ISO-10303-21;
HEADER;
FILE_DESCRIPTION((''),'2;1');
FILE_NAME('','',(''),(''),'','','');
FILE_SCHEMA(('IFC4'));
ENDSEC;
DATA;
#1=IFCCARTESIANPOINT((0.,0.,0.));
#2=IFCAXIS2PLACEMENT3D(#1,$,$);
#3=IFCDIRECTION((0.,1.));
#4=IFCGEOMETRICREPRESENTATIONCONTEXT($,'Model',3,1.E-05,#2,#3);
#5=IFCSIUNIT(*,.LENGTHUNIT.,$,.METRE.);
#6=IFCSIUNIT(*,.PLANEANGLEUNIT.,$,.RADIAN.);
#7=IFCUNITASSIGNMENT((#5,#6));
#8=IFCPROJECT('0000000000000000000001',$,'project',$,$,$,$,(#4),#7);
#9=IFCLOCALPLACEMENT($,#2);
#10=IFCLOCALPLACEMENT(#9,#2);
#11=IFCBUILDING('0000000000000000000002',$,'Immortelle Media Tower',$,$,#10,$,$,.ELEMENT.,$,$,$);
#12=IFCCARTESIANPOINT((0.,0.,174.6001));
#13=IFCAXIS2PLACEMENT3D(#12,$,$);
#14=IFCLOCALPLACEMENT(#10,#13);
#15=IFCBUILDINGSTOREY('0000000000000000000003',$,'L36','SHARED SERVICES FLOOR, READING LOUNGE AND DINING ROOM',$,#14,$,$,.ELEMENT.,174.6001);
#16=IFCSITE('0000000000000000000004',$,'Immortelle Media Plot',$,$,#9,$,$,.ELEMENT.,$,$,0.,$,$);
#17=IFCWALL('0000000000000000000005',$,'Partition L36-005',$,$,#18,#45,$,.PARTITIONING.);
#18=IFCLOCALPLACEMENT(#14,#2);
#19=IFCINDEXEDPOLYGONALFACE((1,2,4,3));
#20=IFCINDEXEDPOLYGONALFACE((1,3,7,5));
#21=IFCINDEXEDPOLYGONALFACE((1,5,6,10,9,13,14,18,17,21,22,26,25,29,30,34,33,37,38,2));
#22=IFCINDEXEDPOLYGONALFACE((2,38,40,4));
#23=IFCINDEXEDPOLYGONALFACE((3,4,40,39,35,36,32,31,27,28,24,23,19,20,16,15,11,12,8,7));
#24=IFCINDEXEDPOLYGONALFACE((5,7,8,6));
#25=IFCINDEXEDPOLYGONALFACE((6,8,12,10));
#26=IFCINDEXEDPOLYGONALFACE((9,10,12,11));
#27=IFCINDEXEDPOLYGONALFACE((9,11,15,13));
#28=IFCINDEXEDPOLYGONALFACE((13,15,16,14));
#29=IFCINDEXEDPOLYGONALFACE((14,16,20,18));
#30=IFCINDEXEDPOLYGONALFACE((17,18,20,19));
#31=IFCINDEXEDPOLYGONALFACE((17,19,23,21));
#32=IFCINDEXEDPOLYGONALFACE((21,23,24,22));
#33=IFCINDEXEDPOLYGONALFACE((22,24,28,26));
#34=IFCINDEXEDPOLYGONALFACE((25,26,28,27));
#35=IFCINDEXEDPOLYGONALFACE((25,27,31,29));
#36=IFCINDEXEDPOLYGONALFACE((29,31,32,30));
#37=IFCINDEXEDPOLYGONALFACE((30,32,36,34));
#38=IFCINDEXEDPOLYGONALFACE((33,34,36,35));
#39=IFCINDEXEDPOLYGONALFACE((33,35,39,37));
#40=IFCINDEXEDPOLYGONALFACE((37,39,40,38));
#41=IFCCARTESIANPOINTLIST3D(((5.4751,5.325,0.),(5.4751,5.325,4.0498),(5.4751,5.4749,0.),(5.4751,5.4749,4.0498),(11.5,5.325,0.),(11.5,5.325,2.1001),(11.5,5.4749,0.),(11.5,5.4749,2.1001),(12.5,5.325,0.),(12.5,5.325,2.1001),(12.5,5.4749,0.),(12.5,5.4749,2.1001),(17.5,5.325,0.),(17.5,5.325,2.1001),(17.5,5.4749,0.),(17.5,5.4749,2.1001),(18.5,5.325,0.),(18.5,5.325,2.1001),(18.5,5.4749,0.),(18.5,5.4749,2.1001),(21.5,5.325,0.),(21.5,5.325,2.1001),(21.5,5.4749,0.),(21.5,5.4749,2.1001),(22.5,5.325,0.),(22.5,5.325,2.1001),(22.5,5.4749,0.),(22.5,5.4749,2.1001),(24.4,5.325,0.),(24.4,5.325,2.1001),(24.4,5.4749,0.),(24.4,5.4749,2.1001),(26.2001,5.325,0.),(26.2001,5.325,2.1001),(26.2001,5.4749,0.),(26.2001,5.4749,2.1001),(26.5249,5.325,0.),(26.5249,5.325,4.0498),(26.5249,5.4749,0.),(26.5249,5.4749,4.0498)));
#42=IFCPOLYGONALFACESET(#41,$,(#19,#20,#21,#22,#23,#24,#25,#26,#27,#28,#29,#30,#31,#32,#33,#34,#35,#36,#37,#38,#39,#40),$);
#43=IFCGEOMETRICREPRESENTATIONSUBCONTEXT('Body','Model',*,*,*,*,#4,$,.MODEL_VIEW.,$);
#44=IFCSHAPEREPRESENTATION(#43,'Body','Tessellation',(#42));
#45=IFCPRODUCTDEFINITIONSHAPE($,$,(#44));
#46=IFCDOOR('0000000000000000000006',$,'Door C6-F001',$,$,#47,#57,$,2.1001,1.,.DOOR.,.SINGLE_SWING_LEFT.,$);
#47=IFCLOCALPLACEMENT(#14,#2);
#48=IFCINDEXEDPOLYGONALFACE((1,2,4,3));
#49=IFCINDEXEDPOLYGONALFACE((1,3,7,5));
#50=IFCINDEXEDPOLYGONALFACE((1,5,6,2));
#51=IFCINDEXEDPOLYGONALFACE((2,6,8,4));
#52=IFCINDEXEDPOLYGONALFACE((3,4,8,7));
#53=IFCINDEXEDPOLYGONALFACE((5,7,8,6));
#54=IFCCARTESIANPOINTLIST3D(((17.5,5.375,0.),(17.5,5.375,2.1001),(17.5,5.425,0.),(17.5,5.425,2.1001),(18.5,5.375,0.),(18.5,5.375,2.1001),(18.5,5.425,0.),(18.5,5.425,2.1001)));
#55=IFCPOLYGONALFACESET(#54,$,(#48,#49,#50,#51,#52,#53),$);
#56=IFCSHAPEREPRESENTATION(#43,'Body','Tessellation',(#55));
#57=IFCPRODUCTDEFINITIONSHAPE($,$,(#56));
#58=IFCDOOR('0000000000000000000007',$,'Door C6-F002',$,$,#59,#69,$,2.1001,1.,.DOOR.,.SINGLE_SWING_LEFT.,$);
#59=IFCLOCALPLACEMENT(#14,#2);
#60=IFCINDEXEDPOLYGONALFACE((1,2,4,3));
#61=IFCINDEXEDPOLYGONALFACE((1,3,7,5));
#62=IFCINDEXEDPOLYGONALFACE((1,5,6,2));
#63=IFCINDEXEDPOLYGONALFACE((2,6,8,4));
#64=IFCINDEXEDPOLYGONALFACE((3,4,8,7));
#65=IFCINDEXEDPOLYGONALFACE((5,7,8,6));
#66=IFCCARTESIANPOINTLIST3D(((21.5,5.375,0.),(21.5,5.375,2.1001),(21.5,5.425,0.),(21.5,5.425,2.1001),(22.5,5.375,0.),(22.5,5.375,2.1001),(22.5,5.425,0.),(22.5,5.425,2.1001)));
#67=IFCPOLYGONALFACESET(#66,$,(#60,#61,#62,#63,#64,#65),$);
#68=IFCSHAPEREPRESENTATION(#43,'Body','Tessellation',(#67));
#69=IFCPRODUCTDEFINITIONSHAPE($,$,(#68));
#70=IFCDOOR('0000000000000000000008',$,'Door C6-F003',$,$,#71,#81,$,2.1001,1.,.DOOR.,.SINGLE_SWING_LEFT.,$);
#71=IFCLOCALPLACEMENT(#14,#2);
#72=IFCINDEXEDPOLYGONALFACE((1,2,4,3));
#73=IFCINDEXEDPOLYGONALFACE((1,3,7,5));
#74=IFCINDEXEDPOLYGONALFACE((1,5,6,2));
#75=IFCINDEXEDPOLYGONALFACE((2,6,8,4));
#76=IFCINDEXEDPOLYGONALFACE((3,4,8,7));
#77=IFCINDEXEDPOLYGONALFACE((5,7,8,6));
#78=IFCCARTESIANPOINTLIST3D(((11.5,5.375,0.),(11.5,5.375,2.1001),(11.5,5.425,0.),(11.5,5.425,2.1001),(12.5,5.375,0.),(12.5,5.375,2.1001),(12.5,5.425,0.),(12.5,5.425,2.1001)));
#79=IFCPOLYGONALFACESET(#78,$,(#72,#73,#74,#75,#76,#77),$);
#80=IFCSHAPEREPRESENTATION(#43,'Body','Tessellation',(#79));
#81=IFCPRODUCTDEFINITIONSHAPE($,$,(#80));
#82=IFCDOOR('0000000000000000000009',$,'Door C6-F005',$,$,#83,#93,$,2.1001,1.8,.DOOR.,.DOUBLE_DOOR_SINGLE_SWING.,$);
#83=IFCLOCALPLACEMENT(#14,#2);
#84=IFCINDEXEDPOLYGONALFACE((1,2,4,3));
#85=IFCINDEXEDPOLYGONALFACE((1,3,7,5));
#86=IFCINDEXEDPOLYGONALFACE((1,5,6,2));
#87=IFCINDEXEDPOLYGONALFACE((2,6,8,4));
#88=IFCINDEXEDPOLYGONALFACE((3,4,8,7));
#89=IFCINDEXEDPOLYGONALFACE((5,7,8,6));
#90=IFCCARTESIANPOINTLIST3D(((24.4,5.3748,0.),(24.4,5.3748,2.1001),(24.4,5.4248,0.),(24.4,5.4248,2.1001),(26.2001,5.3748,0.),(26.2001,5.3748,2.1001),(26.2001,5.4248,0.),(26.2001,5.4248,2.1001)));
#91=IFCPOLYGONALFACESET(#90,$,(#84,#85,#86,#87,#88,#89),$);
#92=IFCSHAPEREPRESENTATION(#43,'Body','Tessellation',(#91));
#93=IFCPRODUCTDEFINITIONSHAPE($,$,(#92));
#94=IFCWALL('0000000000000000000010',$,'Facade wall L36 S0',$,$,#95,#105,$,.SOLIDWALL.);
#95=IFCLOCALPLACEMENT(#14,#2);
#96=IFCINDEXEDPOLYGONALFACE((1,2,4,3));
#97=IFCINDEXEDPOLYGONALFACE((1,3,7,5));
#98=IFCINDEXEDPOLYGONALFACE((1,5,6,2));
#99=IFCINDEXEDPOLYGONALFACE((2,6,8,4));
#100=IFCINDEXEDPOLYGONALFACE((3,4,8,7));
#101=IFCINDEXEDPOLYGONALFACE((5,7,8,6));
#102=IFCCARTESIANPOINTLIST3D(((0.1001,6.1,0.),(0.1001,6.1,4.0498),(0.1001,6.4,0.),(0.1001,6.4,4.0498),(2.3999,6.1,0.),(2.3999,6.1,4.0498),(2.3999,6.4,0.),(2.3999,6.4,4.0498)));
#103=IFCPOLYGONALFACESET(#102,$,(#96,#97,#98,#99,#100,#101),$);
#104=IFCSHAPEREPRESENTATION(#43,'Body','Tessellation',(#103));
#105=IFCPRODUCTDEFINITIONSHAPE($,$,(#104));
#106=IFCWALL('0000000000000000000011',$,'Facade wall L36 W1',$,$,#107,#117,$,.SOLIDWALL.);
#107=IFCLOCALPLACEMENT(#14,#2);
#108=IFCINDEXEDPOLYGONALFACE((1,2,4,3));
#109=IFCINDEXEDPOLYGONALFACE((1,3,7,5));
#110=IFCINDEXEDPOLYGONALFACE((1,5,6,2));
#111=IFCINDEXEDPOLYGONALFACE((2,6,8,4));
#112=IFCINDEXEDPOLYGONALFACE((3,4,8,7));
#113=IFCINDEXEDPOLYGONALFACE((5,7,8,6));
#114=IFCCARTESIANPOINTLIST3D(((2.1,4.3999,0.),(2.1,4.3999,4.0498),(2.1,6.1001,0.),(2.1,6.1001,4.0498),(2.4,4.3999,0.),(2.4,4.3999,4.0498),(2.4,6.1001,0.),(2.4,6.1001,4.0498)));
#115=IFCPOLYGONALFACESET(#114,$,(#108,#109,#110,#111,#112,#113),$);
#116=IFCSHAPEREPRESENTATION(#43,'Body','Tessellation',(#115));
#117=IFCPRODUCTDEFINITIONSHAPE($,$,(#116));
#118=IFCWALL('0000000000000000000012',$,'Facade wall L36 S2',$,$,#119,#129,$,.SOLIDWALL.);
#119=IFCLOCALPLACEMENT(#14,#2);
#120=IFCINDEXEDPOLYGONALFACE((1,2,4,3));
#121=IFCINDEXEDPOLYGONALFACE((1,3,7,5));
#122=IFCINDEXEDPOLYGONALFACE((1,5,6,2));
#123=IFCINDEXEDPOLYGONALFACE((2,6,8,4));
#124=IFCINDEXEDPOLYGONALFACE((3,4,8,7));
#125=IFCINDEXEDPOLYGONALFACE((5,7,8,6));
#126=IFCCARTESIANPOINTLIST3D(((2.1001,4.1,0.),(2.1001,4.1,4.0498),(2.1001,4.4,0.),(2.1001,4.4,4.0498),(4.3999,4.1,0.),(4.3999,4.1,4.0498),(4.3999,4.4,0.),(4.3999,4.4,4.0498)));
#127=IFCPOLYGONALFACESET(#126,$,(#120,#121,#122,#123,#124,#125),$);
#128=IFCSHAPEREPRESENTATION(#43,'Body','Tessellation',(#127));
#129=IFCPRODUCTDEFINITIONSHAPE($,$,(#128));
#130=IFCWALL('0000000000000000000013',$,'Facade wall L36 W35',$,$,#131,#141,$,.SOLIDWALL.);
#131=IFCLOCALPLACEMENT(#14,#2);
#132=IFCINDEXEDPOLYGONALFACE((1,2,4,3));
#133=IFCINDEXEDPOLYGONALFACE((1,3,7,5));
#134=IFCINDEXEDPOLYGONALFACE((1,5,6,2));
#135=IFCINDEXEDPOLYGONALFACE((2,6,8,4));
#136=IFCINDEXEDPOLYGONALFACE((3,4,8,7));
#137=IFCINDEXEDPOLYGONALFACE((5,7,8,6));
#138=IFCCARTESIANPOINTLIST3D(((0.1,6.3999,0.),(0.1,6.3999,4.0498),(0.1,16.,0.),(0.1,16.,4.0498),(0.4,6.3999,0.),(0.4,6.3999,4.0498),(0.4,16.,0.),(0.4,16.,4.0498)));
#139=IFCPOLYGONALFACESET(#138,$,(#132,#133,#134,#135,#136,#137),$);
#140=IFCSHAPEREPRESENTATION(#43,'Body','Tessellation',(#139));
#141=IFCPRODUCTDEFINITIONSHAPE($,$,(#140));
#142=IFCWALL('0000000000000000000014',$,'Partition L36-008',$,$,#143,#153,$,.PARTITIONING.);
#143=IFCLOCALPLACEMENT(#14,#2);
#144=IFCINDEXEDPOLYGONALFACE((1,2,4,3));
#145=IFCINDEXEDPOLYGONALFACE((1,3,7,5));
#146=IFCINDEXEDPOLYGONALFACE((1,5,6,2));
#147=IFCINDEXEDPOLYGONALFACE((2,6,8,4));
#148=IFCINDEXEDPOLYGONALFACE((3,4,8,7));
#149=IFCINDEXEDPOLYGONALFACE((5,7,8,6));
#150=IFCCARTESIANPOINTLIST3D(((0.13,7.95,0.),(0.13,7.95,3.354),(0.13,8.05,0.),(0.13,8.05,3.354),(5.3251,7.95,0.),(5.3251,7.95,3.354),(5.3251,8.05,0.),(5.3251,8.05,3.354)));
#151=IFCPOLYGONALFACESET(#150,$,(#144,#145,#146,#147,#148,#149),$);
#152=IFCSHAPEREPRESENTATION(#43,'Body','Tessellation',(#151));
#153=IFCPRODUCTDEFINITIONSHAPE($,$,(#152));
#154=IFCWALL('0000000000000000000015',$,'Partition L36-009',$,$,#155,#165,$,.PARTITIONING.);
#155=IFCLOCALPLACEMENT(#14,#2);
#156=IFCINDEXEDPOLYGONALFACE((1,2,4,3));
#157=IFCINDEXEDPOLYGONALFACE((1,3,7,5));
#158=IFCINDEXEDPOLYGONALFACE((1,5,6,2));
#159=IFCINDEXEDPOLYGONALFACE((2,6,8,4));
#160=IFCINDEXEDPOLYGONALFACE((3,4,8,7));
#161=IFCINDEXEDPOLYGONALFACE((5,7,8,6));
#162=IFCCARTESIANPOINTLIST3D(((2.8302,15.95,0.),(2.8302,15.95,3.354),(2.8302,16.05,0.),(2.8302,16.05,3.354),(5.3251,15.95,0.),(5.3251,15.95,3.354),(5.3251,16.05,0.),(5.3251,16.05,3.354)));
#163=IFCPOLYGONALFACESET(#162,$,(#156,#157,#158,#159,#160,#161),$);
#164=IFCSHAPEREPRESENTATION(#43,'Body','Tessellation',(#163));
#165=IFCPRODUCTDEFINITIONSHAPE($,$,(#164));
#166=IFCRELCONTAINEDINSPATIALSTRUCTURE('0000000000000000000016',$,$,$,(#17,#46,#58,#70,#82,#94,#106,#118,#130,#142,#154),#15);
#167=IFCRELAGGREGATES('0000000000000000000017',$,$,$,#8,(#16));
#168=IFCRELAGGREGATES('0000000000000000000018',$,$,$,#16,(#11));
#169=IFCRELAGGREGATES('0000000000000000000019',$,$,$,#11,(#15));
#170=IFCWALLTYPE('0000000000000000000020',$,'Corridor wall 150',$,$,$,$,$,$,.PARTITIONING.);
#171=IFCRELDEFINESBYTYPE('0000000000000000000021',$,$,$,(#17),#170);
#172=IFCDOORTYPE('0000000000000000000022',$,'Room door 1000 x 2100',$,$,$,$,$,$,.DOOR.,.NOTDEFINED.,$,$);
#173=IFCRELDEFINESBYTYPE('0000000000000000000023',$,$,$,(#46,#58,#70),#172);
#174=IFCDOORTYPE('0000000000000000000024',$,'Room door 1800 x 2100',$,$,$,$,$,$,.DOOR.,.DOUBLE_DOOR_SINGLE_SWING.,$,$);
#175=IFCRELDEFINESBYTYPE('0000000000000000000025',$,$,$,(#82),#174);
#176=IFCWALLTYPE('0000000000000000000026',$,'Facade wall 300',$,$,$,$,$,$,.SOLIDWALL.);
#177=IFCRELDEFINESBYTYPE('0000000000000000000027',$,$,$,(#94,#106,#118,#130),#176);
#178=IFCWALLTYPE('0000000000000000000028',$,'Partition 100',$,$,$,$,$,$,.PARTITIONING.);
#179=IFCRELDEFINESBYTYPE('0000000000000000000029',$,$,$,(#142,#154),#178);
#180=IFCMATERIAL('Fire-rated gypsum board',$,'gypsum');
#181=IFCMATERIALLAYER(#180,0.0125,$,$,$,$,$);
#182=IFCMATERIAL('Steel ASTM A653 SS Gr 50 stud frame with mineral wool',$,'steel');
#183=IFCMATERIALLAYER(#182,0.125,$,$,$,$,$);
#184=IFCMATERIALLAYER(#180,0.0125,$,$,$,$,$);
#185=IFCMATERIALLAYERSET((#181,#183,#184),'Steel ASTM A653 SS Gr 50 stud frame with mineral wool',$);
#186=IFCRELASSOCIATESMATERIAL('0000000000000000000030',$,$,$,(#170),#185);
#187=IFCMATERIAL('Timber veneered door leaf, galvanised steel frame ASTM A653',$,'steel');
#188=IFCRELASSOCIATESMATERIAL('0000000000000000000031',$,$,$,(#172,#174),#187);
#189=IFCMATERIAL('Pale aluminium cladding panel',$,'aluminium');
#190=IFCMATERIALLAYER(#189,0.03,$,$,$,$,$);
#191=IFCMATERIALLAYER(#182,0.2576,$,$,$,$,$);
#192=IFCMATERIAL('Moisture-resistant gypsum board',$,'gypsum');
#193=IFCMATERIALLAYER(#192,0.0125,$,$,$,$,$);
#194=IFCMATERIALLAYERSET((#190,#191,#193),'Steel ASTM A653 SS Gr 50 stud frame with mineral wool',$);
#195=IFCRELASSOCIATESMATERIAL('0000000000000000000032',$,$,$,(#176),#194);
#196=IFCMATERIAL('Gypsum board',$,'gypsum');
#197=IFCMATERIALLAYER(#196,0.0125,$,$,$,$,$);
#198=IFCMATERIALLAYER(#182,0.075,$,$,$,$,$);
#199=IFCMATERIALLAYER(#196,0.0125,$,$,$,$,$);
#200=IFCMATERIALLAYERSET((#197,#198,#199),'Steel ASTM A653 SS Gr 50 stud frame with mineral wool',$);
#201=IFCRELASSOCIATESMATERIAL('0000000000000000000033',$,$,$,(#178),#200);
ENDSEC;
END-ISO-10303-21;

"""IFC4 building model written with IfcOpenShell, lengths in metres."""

from ifc_helpers import new_model, si_unit, direction, frame, frame_2d, origin, place, context, subcontext, project, spatial, rectangle, extrude, material, layer, layer_set, type_object, element, fill, save


model = new_model("IFC4")

# Units and contexts
model_context = context("Model", 3, precision=1e-05, world=origin(), true_north=direction((0.0, 1.0)))
body_context = subcontext(model_context, "Body", "Model", "MODEL_VIEW")
ifc_project = project(units=[si_unit("LENGTHUNIT", "METRE"), si_unit("PLANEANGLEUNIT", "RADIAN")], contexts=[model_context])

# Site, building, storey
site_placement = place(None, origin())
site = spatial("IfcSite", under=ifc_project, at=site_placement, Name="Immortelle Media Plot", CompositionType="ELEMENT", RefElevation=0.0)
building_placement = place(site_placement, origin())
building = spatial("IfcBuilding", under=site, at=building_placement, Name="Immortelle Media Tower", CompositionType="ELEMENT")
storey_placement = place(building_placement, frame((0.0, 0.0, 174.6001)))
storey = spatial("IfcBuildingStorey", under=building, at=storey_placement, Name="L36", Description="SHARED SERVICES FLOOR, READING LOUNGE AND DINING ROOM", CompositionType="ELEMENT", Elevation=174.6001)

# Wall, openings, doors
ifc_material_1 = material(Name="Fire-rated gypsum board", Category="gypsum")
ifc_layer_1 = layer(ifc_material_1, 0.0125)
ifc_material_2 = material(Name="Steel ASTM A653 SS Gr 50 stud frame with mineral wool", Category="steel")
ifc_layer_2 = layer(ifc_material_2, 0.125)
ifc_layer_3 = layer(ifc_material_1, 0.0125)
ifc_layer_set_1 = layer_set([ifc_layer_1, ifc_layer_2, ifc_layer_3], Name="Steel ASTM A653 SS Gr 50 stud frame with mineral wool")
wall_type_1 = type_object("IfcWallType", Name="Corridor wall 150", PredefinedType="PARTITIONING", material=ifc_layer_set_1)
wall_1_placement = place(storey_placement, frame((5.4751, 5.3999, 0.0), z_axis=(0.0, 0.0, 1.0), x_axis=(1.0, 0.0, 0.0)))
wall_1 = element("IfcWall", 1, at=wall_1_placement, inside=storey, type_object=wall_type_1, Name="Partition L36-005", PredefinedType="PARTITIONING", context=body_context, shape_type="SweptSolid", body=[
    extrude(rectangle(XDim=21.0498, YDim=0.1499, at=frame_2d((10.5249, 0.0))), origin(), (0.0, 0.0, 1.0), 4.0498),
])
opening_1_placement = place(wall_1_placement, frame((13.0249, 0.0, 0.0), z_axis=(0.0, 0.0, 1.0), x_axis=(-1.0, 0.0, 0.0)))
opening_1 = element("IfcOpeningElement", 2, at=opening_1_placement, cuts=wall_1, PredefinedType="OPENING", context=body_context, shape_type="SweptSolid", body=[
    extrude(rectangle(XDim=1.0, YDim=2.1001, at=frame_2d((0.5, 1.05))), frame((0.0, 0.085, 0.0), z_axis=(0.0, -1.0, 0.0), x_axis=(1.0, 0.0, 0.0)), (0.0, 0.0, 1.0), 0.1699),
])
opening_2_placement = place(wall_1_placement, frame((17.0249, 0.0, 0.0), z_axis=(0.0, 0.0, 1.0), x_axis=(-1.0, 0.0, 0.0)))
opening_2 = element("IfcOpeningElement", 3, at=opening_2_placement, cuts=wall_1, PredefinedType="OPENING", context=body_context, shape_type="SweptSolid", body=[
    extrude(rectangle(XDim=1.0, YDim=2.1001, at=frame_2d((0.5, 1.05))), frame((0.0, 0.085, 0.0), z_axis=(0.0, -1.0, 0.0), x_axis=(1.0, 0.0, 0.0)), (0.0, 0.0, 1.0), 0.1699),
])
opening_3_placement = place(wall_1_placement, frame((7.0249, 0.0, 0.0), z_axis=(0.0, 0.0, 1.0), x_axis=(-1.0, 0.0, 0.0)))
opening_3 = element("IfcOpeningElement", 4, at=opening_3_placement, cuts=wall_1, PredefinedType="OPENING", context=body_context, shape_type="SweptSolid", body=[
    extrude(rectangle(XDim=1.0, YDim=2.1001, at=frame_2d((0.5, 1.05))), frame((0.0, 0.085, 0.0), z_axis=(0.0, -1.0, 0.0), x_axis=(1.0, 0.0, 0.0)), (0.0, 0.0, 1.0), 0.1699),
])
opening_4_placement = place(wall_1_placement, frame((18.925, 0.0, 0.0)))
opening_4 = element("IfcOpeningElement", 5, at=opening_4_placement, cuts=wall_1, PredefinedType="OPENING", context=body_context, shape_type="SweptSolid", body=[
    extrude(rectangle(XDim=1.8, YDim=2.1001, at=frame_2d((0.8999, 1.05))), frame((0.0, 0.085, 0.0), z_axis=(0.0, -1.0, 0.0), x_axis=(1.0, 0.0, 0.0)), (0.0, 0.0, 1.0), 0.1699),
])
ifc_material_3 = material(Name="Timber veneered door leaf, galvanised steel frame ASTM A653", Category="steel")
door_type_1 = type_object("IfcDoorType", Name="Room door 1000 x 2100", OperationType="NOTDEFINED", PredefinedType="DOOR", material=ifc_material_3)
door_1_placement = place(opening_1_placement, origin())
door_1 = element("IfcDoor", 6, at=door_1_placement, inside=storey, type_object=door_type_1, Name="Door C6-F001", OperationType="SINGLE_SWING_LEFT", OverallHeight=2.1001, OverallWidth=1.0, PredefinedType="DOOR", context=body_context, shape_type="SweptSolid", body=[
    extrude(rectangle(XDim=1.0, YDim=2.1001, at=frame_2d((0.5, 1.05))), frame((0.0, 0.0249, 0.0), z_axis=(0.0, -1.0, 0.0), x_axis=(1.0, 0.0, 0.0)), (0.0, 0.0, 1.0), 0.05),
])
fill(opening_1, door_1)
door_2_placement = place(opening_2_placement, origin())
door_2 = element("IfcDoor", 7, at=door_2_placement, inside=storey, type_object=door_type_1, Name="Door C6-F002", OperationType="SINGLE_SWING_LEFT", OverallHeight=2.1001, OverallWidth=1.0, PredefinedType="DOOR", context=body_context, shape_type="SweptSolid", body=[
    extrude(rectangle(XDim=1.0, YDim=2.1001, at=frame_2d((0.5, 1.05))), frame((0.0, 0.0249, 0.0), z_axis=(0.0, -1.0, 0.0), x_axis=(1.0, 0.0, 0.0)), (0.0, 0.0, 1.0), 0.05),
])
fill(opening_2, door_2)
door_3_placement = place(opening_3_placement, origin())
door_3 = element("IfcDoor", 8, at=door_3_placement, inside=storey, type_object=door_type_1, Name="Door C6-F003", OperationType="SINGLE_SWING_LEFT", OverallHeight=2.1001, OverallWidth=1.0, PredefinedType="DOOR", context=body_context, shape_type="SweptSolid", body=[
    extrude(rectangle(XDim=1.0, YDim=2.1001, at=frame_2d((0.5, 1.05))), frame((0.0, 0.0249, 0.0), z_axis=(0.0, -1.0, 0.0), x_axis=(1.0, 0.0, 0.0)), (0.0, 0.0, 1.0), 0.05),
])
fill(opening_3, door_3)
door_type_2 = type_object("IfcDoorType", Name="Room door 1800 x 2100", OperationType="DOUBLE_DOOR_SINGLE_SWING", PredefinedType="DOOR", material=ifc_material_3)
door_4_placement = place(opening_4_placement, origin())
door_4 = element("IfcDoor", 9, at=door_4_placement, inside=storey, type_object=door_type_2, Name="Door C6-F005", OperationType="DOUBLE_DOOR_SINGLE_SWING", OverallHeight=2.1001, OverallWidth=1.8, PredefinedType="DOOR", context=body_context, shape_type="SweptSolid", body=[
    extrude(rectangle(XDim=1.8, YDim=2.1001, at=frame_2d((0.8999, 1.05))), frame((0.0, 0.0249, 0.0), z_axis=(0.0, -1.0, 0.0), x_axis=(1.0, 0.0, 0.0)), (0.0, 0.0, 1.0), 0.05),
])
fill(opening_4, door_4)

# Walls
ifc_material_4 = material(Name="Pale aluminium cladding panel", Category="aluminium")
ifc_layer_4 = layer(ifc_material_4, 0.03)
ifc_layer_5 = layer(ifc_material_2, 0.2576)
ifc_material_5 = material(Name="Moisture-resistant gypsum board", Category="gypsum")
ifc_layer_6 = layer(ifc_material_5, 0.0125)
ifc_layer_set_2 = layer_set([ifc_layer_4, ifc_layer_5, ifc_layer_6], Name="Steel ASTM A653 SS Gr 50 stud frame with mineral wool")
wall_type_2 = type_object("IfcWallType", Name="Facade wall 300", PredefinedType="SOLIDWALL", material=ifc_layer_set_2)
wall_2_placement = place(storey_placement, frame((0.1001, 6.25, 0.0), z_axis=(0.0, 0.0, 1.0), x_axis=(1.0, 0.0, 0.0)))
element("IfcWall", 10, at=wall_2_placement, inside=storey, type_object=wall_type_2, Name="Facade wall L36 S0", PredefinedType="SOLIDWALL", context=body_context, shape_type="SweptSolid", body=[
    extrude(rectangle(XDim=2.2998, YDim=0.3, at=frame_2d((1.1499, 0.0))), origin(), (0.0, 0.0, 1.0), 4.0498),
])
wall_3_placement = place(storey_placement, frame((2.25, 6.1001, 0.0), z_axis=(0.0, 0.0, 1.0), x_axis=(0.0, -1.0, 0.0)))
element("IfcWall", 11, at=wall_3_placement, inside=storey, type_object=wall_type_2, Name="Facade wall L36 W1", PredefinedType="SOLIDWALL", context=body_context, shape_type="SweptSolid", body=[
    extrude(rectangle(XDim=1.7002, YDim=0.3, at=frame_2d((0.8501, 0.0))), origin(), (0.0, 0.0, 1.0), 4.0498),
])
wall_4_placement = place(storey_placement, frame((2.1001, 4.25, 0.0), z_axis=(0.0, 0.0, 1.0), x_axis=(1.0, 0.0, 0.0)))
element("IfcWall", 12, at=wall_4_placement, inside=storey, type_object=wall_type_2, Name="Facade wall L36 S2", PredefinedType="SOLIDWALL", context=body_context, shape_type="SweptSolid", body=[
    extrude(rectangle(XDim=2.2998, YDim=0.3, at=frame_2d((1.1499, 0.0))), origin(), (0.0, 0.0, 1.0), 4.0498),
])
wall_5_placement = place(storey_placement, frame((0.25, 16.0, 0.0), z_axis=(0.0, 0.0, 1.0), x_axis=(0.0, -1.0, 0.0)))
element("IfcWall", 13, at=wall_5_placement, inside=storey, type_object=wall_type_2, Name="Facade wall L36 W35", PredefinedType="SOLIDWALL", context=body_context, shape_type="SweptSolid", body=[
    extrude(rectangle(XDim=9.6001, YDim=0.3, at=frame_2d((4.8, 0.0))), origin(), (0.0, 0.0, 1.0), 4.0498),
])
ifc_material_6 = material(Name="Gypsum board", Category="gypsum")
ifc_layer_7 = layer(ifc_material_6, 0.0125)
ifc_layer_8 = layer(ifc_material_2, 0.075)
ifc_layer_9 = layer(ifc_material_6, 0.0125)
ifc_layer_set_3 = layer_set([ifc_layer_7, ifc_layer_8, ifc_layer_9], Name="Steel ASTM A653 SS Gr 50 stud frame with mineral wool")
wall_type_3 = type_object("IfcWallType", Name="Partition 100", PredefinedType="PARTITIONING", material=ifc_layer_set_3)
wall_6_placement = place(storey_placement, frame((0.1299, 8.0, 0.0), z_axis=(0.0, 0.0, 1.0), x_axis=(1.0, 0.0, 0.0)))
element("IfcWall", 14, at=wall_6_placement, inside=storey, type_object=wall_type_3, Name="Partition L36-008", PredefinedType="PARTITIONING", context=body_context, shape_type="SweptSolid", body=[
    extrude(rectangle(XDim=5.1951, YDim=0.1001, at=frame_2d((2.5977, 0.0))), origin(), (0.0, 0.0, 1.0), 3.354),
])
wall_7_placement = place(storey_placement, frame((2.8301, 16.0, 0.0), z_axis=(0.0, 0.0, 1.0), x_axis=(1.0, 0.0, 0.0)))
element("IfcWall", 15, at=wall_7_placement, inside=storey, type_object=wall_type_3, Name="Partition L36-009", PredefinedType="PARTITIONING", context=body_context, shape_type="SweptSolid", body=[
    extrude(rectangle(XDim=2.4949, YDim=0.1001, at=frame_2d((1.2476, 0.0))), origin(), (0.0, 0.0, 1.0), 3.354),
])

save(model, "model.ifc")
